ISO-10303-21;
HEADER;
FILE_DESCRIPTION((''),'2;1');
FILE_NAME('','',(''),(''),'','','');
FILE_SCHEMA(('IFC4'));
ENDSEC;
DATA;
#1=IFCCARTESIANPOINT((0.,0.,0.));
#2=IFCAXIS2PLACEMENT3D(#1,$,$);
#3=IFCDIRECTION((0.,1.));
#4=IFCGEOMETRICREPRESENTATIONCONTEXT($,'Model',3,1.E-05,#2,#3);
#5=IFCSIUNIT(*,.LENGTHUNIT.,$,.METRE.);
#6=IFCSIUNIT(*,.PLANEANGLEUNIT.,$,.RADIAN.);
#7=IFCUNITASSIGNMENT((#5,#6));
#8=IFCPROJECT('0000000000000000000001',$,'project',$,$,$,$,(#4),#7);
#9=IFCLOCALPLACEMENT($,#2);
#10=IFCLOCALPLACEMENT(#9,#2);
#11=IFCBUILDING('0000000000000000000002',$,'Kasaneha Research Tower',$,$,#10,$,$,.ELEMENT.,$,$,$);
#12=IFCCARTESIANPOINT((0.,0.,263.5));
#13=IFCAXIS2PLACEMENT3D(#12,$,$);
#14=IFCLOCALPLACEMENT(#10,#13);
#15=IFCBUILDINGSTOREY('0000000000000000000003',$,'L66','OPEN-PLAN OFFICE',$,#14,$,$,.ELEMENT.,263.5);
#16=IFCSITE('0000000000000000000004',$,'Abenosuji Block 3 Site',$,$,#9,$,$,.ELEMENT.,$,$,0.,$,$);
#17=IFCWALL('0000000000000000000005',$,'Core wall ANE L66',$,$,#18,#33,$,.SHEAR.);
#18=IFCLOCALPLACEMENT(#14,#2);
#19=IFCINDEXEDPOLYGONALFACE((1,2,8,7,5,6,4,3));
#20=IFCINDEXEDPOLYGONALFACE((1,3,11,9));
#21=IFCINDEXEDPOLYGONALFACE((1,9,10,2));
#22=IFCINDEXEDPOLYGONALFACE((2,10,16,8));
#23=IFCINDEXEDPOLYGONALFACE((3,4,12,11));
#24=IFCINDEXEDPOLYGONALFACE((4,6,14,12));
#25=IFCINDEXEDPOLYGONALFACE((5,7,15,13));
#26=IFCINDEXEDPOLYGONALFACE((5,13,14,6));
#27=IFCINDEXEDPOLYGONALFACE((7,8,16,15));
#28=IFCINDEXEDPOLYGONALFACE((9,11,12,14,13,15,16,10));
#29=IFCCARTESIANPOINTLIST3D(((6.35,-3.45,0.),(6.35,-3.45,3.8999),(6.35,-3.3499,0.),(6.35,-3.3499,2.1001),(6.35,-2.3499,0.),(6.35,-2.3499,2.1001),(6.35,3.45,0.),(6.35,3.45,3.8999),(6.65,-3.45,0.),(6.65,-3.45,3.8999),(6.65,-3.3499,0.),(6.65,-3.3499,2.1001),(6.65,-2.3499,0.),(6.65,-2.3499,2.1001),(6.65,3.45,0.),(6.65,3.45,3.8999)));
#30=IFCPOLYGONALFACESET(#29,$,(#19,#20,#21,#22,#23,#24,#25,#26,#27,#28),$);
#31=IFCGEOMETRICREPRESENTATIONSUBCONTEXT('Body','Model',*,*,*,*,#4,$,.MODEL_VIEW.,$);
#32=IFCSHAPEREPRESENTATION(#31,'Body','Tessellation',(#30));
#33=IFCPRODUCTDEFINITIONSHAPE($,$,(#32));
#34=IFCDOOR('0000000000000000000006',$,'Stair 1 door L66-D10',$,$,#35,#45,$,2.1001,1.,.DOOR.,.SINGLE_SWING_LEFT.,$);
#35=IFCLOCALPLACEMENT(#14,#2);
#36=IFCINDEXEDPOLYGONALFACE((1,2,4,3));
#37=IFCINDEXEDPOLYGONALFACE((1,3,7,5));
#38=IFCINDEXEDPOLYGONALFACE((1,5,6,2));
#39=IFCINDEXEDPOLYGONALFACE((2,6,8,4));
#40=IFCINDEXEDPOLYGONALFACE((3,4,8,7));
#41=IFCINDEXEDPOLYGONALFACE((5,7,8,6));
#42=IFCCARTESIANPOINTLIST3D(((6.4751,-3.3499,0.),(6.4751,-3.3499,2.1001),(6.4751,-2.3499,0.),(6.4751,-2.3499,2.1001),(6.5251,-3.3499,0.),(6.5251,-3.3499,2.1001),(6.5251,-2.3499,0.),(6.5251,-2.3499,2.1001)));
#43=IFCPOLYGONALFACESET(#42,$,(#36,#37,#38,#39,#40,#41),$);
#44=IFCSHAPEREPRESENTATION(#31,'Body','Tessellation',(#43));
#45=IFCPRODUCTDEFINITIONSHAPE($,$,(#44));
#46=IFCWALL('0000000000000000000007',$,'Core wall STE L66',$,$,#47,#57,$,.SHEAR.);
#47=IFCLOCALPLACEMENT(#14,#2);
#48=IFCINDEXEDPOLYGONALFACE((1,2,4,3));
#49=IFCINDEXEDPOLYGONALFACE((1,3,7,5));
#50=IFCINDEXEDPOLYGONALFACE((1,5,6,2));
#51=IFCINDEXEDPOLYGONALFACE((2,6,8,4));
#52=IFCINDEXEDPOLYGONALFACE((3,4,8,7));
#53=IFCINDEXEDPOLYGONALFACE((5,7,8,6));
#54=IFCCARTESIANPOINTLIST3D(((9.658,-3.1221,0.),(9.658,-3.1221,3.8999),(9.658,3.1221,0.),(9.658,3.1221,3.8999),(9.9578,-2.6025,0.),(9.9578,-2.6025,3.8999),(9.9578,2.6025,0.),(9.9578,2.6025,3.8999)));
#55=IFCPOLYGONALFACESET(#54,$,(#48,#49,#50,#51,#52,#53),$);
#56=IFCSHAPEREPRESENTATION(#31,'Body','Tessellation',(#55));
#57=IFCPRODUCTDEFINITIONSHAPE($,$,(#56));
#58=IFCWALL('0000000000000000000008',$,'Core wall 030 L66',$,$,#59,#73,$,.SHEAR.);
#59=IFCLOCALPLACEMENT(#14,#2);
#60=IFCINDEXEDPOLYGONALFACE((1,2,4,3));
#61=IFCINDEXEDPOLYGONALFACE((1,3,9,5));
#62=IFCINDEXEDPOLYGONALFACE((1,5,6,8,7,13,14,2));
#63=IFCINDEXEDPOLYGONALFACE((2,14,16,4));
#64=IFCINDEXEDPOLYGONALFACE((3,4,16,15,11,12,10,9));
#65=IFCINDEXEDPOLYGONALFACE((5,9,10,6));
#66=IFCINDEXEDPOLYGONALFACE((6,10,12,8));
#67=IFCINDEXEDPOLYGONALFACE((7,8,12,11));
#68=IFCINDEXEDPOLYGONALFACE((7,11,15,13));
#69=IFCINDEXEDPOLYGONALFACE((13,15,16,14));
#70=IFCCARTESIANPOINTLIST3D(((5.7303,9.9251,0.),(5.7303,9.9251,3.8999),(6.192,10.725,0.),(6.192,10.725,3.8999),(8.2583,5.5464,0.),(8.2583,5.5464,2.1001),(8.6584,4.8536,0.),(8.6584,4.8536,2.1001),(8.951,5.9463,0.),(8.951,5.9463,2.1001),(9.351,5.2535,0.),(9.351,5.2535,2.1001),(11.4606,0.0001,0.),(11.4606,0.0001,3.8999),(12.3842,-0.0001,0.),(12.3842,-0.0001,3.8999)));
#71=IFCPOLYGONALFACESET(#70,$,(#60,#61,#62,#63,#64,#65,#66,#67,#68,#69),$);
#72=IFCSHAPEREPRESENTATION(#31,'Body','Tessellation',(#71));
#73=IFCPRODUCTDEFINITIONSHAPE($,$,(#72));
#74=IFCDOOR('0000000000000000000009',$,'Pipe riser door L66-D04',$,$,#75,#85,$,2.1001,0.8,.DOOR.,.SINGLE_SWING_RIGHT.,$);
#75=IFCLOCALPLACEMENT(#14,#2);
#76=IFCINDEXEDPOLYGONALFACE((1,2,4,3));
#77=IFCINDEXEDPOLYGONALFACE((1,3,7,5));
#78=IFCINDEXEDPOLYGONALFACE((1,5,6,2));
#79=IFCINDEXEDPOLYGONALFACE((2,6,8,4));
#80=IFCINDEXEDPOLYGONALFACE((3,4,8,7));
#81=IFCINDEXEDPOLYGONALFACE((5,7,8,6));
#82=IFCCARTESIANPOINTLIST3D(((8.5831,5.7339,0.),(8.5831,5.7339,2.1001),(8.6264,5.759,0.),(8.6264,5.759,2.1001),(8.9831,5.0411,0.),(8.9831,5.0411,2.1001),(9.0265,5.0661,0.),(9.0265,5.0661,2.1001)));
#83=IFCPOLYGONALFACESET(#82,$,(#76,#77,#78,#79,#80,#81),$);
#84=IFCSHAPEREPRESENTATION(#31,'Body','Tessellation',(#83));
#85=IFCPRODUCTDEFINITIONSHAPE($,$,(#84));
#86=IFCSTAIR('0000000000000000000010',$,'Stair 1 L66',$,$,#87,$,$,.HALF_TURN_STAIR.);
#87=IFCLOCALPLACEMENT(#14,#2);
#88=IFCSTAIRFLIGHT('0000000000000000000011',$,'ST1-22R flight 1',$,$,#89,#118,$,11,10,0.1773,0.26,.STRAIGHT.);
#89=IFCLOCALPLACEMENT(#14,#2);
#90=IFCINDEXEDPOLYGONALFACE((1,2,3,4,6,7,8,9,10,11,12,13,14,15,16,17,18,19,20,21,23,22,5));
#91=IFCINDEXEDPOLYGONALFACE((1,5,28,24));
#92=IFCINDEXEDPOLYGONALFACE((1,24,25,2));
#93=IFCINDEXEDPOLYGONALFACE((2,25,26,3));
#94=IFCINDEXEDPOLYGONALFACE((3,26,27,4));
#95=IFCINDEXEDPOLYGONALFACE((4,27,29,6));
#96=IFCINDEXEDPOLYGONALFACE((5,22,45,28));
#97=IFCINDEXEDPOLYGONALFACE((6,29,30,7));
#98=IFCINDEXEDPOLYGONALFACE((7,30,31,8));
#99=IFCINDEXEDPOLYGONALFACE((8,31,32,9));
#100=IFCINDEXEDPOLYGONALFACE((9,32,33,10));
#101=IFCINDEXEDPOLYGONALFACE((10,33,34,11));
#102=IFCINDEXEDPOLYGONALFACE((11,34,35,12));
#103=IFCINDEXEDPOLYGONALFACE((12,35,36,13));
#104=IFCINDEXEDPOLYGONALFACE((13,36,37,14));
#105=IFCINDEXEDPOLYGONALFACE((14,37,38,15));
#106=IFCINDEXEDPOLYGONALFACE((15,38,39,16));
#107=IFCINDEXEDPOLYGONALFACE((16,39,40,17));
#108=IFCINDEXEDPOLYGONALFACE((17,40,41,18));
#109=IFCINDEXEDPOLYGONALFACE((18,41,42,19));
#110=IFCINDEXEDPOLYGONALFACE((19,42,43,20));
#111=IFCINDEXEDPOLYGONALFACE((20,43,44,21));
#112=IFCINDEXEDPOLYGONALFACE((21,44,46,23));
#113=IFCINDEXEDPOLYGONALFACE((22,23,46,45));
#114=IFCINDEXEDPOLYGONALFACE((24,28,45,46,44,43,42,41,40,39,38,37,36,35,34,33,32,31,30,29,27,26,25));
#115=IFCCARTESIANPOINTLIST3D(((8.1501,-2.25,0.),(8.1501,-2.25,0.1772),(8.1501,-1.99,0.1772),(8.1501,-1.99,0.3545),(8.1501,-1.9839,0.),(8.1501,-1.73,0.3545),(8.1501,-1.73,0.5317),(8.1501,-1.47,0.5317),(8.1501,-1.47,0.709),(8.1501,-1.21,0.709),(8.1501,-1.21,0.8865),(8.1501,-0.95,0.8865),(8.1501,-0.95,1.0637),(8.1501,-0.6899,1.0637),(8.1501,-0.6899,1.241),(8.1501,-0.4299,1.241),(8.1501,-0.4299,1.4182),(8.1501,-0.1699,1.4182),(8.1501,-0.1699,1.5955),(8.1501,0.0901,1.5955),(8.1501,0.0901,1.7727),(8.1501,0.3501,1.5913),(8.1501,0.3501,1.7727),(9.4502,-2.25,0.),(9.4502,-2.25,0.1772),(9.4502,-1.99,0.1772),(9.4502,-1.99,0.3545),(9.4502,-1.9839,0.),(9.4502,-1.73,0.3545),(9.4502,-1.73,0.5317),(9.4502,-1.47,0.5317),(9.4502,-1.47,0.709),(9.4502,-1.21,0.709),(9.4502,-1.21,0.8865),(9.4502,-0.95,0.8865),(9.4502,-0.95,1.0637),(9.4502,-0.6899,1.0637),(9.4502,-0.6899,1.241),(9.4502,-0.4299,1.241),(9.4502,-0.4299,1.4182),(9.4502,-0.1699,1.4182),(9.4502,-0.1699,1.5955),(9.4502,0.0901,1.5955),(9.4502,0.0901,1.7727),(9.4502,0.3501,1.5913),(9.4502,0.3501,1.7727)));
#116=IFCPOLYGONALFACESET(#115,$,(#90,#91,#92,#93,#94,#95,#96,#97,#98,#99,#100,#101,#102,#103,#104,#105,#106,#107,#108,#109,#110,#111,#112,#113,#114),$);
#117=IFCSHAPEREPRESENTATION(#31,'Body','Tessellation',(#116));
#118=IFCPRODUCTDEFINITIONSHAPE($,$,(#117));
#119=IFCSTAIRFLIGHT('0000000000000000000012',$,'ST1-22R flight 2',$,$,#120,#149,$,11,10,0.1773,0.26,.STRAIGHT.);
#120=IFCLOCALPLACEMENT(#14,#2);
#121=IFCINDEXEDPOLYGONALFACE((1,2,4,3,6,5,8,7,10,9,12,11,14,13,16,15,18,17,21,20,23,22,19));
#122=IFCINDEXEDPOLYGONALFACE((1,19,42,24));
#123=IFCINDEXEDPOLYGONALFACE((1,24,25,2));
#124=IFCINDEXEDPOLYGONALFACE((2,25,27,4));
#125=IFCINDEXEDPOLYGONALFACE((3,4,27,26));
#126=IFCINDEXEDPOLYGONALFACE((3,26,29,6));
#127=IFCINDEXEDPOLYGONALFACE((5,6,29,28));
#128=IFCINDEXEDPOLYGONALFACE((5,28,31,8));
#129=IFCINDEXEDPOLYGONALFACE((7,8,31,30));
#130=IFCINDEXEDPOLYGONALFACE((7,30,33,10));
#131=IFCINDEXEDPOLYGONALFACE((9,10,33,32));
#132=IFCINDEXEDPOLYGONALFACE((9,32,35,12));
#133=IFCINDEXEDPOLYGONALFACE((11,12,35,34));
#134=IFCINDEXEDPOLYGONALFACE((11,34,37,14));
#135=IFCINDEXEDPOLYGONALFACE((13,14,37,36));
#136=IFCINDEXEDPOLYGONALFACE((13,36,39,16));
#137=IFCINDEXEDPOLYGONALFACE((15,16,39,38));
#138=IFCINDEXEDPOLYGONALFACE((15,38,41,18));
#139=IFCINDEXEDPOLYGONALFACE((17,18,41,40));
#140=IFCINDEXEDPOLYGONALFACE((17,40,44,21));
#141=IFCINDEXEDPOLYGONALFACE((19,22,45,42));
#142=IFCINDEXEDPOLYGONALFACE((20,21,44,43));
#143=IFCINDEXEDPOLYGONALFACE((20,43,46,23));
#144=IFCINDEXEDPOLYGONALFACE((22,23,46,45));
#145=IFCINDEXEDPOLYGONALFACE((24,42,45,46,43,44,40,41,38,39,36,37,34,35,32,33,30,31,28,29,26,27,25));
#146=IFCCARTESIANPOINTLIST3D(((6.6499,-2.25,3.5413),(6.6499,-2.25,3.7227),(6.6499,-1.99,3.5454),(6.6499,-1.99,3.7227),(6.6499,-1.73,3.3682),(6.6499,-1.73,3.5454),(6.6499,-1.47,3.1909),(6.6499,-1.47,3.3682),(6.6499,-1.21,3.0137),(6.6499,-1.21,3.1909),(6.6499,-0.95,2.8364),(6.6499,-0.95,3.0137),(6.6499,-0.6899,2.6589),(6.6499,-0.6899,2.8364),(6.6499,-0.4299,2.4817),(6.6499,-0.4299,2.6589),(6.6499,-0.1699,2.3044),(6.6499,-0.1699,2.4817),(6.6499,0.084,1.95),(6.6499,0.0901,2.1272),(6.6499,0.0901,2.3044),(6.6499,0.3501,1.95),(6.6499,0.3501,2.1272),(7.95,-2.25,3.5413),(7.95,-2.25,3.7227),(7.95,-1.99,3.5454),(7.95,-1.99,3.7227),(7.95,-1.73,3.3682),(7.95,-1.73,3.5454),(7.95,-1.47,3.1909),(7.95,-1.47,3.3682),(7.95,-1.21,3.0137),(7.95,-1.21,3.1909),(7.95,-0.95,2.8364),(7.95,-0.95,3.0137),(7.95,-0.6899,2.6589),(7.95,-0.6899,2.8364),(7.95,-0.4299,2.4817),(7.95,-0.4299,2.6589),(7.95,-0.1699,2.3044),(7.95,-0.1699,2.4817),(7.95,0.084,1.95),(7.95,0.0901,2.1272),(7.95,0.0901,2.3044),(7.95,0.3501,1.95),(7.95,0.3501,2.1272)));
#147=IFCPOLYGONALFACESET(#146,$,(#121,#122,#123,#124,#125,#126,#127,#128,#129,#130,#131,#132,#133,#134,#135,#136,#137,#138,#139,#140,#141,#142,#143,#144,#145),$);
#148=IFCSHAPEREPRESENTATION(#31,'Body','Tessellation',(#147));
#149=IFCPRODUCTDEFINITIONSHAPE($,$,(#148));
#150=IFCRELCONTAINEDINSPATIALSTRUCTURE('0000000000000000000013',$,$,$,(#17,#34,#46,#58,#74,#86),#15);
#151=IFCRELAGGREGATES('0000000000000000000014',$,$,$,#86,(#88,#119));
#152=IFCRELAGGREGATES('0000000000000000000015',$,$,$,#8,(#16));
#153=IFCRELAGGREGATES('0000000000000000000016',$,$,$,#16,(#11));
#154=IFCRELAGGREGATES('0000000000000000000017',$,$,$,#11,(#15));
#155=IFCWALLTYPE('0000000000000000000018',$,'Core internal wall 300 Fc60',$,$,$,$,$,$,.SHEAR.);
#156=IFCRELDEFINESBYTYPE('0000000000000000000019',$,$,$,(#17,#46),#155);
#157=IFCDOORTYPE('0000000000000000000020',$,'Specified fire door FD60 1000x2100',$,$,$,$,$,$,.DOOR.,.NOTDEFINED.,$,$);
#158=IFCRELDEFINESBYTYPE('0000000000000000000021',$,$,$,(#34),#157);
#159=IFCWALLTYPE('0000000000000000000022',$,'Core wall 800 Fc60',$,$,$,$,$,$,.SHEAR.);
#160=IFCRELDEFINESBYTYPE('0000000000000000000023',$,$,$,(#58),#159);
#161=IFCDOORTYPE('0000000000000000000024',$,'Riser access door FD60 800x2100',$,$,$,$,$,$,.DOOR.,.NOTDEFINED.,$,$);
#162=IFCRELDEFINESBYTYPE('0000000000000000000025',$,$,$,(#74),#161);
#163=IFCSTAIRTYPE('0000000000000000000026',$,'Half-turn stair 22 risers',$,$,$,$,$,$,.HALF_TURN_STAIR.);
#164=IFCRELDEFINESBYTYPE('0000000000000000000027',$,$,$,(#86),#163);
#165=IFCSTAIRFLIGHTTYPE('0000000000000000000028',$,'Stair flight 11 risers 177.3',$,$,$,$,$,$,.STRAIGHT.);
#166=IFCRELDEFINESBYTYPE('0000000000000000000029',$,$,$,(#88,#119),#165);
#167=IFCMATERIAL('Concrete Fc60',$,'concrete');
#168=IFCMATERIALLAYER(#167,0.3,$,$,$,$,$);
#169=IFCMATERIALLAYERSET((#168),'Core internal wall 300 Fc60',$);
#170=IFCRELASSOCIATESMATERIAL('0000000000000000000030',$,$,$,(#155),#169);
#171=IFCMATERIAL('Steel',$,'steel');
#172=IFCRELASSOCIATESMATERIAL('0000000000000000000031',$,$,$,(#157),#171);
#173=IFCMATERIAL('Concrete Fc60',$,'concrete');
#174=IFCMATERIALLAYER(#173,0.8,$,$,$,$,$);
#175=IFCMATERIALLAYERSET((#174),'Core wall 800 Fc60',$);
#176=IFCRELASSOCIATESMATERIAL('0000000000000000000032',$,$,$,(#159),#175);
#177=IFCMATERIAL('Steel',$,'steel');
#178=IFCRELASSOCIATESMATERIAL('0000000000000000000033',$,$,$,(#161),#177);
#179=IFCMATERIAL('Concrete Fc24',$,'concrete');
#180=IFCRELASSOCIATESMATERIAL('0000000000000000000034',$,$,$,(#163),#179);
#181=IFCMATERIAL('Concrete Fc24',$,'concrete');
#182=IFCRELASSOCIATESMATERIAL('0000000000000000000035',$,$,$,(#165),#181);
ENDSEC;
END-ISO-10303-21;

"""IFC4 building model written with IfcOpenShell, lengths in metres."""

from ifc_helpers import new_model, si_unit, direction, frame, frame_2d, origin, place, context, subcontext, project, spatial, polyline, rectangle, outline, extrude, material, layer, layer_set, type_object, element, fill, aggregate, save


model = new_model("IFC4")

# Units and contexts
model_context = context("Model", 3, precision=1e-05, world=origin(), true_north=direction((0.0, 1.0)))
body_context = subcontext(model_context, "Body", "Model", "MODEL_VIEW")
ifc_project = project(units=[si_unit("LENGTHUNIT", "METRE"), si_unit("PLANEANGLEUNIT", "RADIAN")], contexts=[model_context])

# Site, building, storey
site_placement = place(None, origin())
site = spatial("IfcSite", under=ifc_project, at=site_placement, Name="Abenosuji Block 3 Site", CompositionType="ELEMENT", RefElevation=0.0)
building_placement = place(site_placement, origin())
building = spatial("IfcBuilding", under=site, at=building_placement, Name="Kasaneha Research Tower", CompositionType="ELEMENT")
storey_placement = place(building_placement, frame((0.0, 0.0, 263.5)))
storey = spatial("IfcBuildingStorey", under=building, at=storey_placement, Name="L66", Description="OPEN-PLAN OFFICE", CompositionType="ELEMENT", Elevation=263.5)

# Shared definitions
ifc_material_1 = material(Name="Concrete Fc60", Category="concrete")
ifc_layer_1 = layer(ifc_material_1, 0.3)
ifc_layer_set_1 = layer_set([ifc_layer_1], Name="Core internal wall 300 Fc60")
wall_type_1 = type_object("IfcWallType", Name="Core internal wall 300 Fc60", PredefinedType="SHEAR", material=ifc_layer_set_1)

# Wall, opening, door
ifc_material_2 = material(Name="Steel", Category="steel")
door_type_1 = type_object("IfcDoorType", Name="Specified fire door FD60 1000x2100", OperationType="NOTDEFINED", PredefinedType="DOOR", material=ifc_material_2)
wall_1_placement = place(storey_placement, frame((6.5, -3.45, 0.0), z_axis=(0.0, 0.0, 1.0), x_axis=(0.0, 1.0, 0.0)))
wall_1 = element("IfcWall", 1, at=wall_1_placement, inside=storey, type_object=wall_type_1, Name="Core wall ANE L66", PredefinedType="SHEAR", context=body_context, shape_type="SweptSolid", body=[
    extrude(rectangle(XDim=6.8999, YDim=0.3, at=frame_2d((3.45, 0.0))), origin(), (0.0, 0.0, 1.0), 3.8999),
])
opening_1_placement = place(wall_1_placement, frame((0.1001, 0.0, 0.0)))
opening_1 = element("IfcOpeningElement", 2, at=opening_1_placement, cuts=wall_1, PredefinedType="OPENING", context=body_context, shape_type="SweptSolid", body=[
    extrude(rectangle(XDim=1.0, YDim=2.1001, at=frame_2d((0.5, 1.05))), frame((0.0, 0.1602, 0.0), z_axis=(0.0, -1.0, 0.0), x_axis=(1.0, 0.0, 0.0)), (0.0, 0.0, 1.0), 0.3201),
])
door_1_placement = place(opening_1_placement, origin())
door_1 = element("IfcDoor", 3, at=door_1_placement, inside=storey, type_object=door_type_1, Name="Stair 1 door L66-D10", OperationType="SINGLE_SWING_LEFT", OverallHeight=2.1001, OverallWidth=1.0, PredefinedType="DOOR", context=body_context, shape_type="SweptSolid", body=[
    extrude(rectangle(XDim=1.0, YDim=2.1001, at=frame_2d((0.5, 1.05))), frame((0.0, 0.0249, 0.0), z_axis=(0.0, -1.0, 0.0), x_axis=(1.0, 0.0, 0.0)), (0.0, 0.0, 1.0), 0.05),
])
fill(opening_1, door_1)

# Wall
wall_2_placement = place(storey_placement, frame((9.8079, -2.8623, 0.0), z_axis=(0.0, 0.0, 1.0), x_axis=(0.0, 1.0, 0.0)))
element("IfcWall", 4, at=wall_2_placement, inside=storey, type_object=wall_type_1, Name="Core wall STE L66", PredefinedType="SHEAR", context=body_context, shape_type="SweptSolid", body=[
    extrude(outline(polyline([(0.2598, -0.1499), (5.4648, -0.1499), (5.9844, 0.1499), (-0.2598, 0.1499), (0.2598, -0.1499)])), origin(), (0.0, 0.0, 1.0), 3.8999),
])

# Wall, opening, door
ifc_material_3 = material(Name="Concrete Fc60", Category="concrete")
ifc_layer_2 = layer(ifc_material_3, 0.8)
ifc_layer_set_2 = layer_set([ifc_layer_2], Name="Core wall 800 Fc60")
wall_type_2 = type_object("IfcWallType", Name="Core wall 800 Fc60", PredefinedType="SHEAR", material=ifc_layer_set_2)
wall_3_placement = place(storey_placement, frame((11.9224, 0.0, 0.0), z_axis=(0.0, 0.0, 1.0), x_axis=(-0.500004, 0.866023, 0.0)))
wall_3 = element("IfcWall", 5, at=wall_3_placement, inside=storey, type_object=wall_type_2, Name="Core wall 030 L66", PredefinedType="SHEAR", context=body_context, shape_type="SweptSolid", body=[
    extrude(outline(polyline([(-0.231, -0.3999), (5.8354, -0.3999), (6.6355, -0.3999), (12.1533, -0.3999), (11.6914, 0.3999), (6.6355, 0.3999), (5.8354, 0.3999), (0.231, 0.3999), (-0.231, -0.3999)])), origin(), (0.0, 0.0, 1.0), 3.8999),
])
opening_2_placement = place(wall_3_placement, frame((5.8354, 0.0, 0.0)))
opening_2 = element("IfcOpeningElement", 6, at=opening_2_placement, cuts=wall_3, PredefinedType="OPENING", context=body_context, shape_type="SweptSolid", body=[
    extrude(rectangle(XDim=0.8, YDim=2.1001, at=frame_2d((0.3999, 1.05))), frame((0.0, 0.4102, 0.0), z_axis=(0.0, -1.0, 0.0), x_axis=(1.0, 0.0, 0.0)), (0.0, 0.0, 1.0), 0.8201),
])
ifc_material_4 = material(Name="Steel", Category="steel")
door_type_2 = type_object("IfcDoorType", Name="Riser access door FD60 800x2100", OperationType="NOTDEFINED", PredefinedType="DOOR", material=ifc_material_4)
door_2_placement = place(opening_2_placement, origin())
door_2 = element("IfcDoor", 7, at=door_2_placement, inside=storey, type_object=door_type_2, Name="Pipe riser door L66-D04", OperationType="SINGLE_SWING_RIGHT", OverallHeight=2.1001, OverallWidth=0.8, PredefinedType="DOOR", context=body_context, shape_type="SweptSolid", body=[
    extrude(rectangle(XDim=0.8, YDim=2.1001, at=frame_2d((0.3999, 1.05))), frame((0.0, 0.0249, 0.0), z_axis=(0.0, -1.0, 0.0), x_axis=(1.0, 0.0, 0.0)), (0.0, 0.0, 1.0), 0.05),
])
fill(opening_2, door_2)

# Stair, stair flights
ifc_material_5 = material(Name="Concrete Fc24", Category="concrete")
stair_type = type_object("IfcStairType", Name="Half-turn stair 22 risers", PredefinedType="HALF_TURN_STAIR", material=ifc_material_5)
stair_placement = place(storey_placement, origin())
stair = element("IfcStair", 8, at=stair_placement, inside=storey, type_object=stair_type, Name="Stair 1 L66", PredefinedType="HALF_TURN_STAIR")
ifc_material_6 = material(Name="Concrete Fc24", Category="concrete")
stair_flight_type = type_object("IfcStairFlightType", Name="Stair flight 11 risers 177.3", PredefinedType="STRAIGHT", material=ifc_material_6)
stair_flight_1_placement = place(storey_placement, frame((8.8, -2.25, 0.0), z_axis=(0.0, 0.0, 1.0), x_axis=(0.0, 1.0, 0.0)))
stair_flight_1 = element("IfcStairFlight", 9, at=stair_flight_1_placement, type_object=stair_flight_type, Name="ST1-22R flight 1", NumberOfRisers=11, NumberOfTreads=10, PredefinedType="STRAIGHT", RiserHeight=0.1773, TreadLength=0.26, context=body_context, shape_type="SweptSolid", body=[
    extrude(outline(polyline([(0.0, 0.0), (0.0, 0.1772), (0.26, 0.1772), (0.26, 0.3545), (0.52, 0.3545), (0.52, 0.5317), (0.78, 0.5317), (0.78, 0.709), (1.04, 0.709), (1.04, 0.8865), (1.3, 0.8865), (1.3, 1.0637), (1.5601, 1.0637), (1.5601, 1.241), (1.8201, 1.241), (1.8201, 1.4182), (2.0801, 1.4182), (2.0801, 1.5955), (2.3401, 1.5955), (2.3401, 1.7727), (2.6001, 1.7727), (2.6001, 1.95), (2.6001, 1.5913), (0.2661, 0.0), (0.0, 0.0)])), frame((0.0, 0.6499, 0.0), z_axis=(0.0, -1.0, 0.0), x_axis=(1.0, 0.0, 0.0)), (0.0, 0.0, 1.0), 1.3),
])
stair_flight_2_placement = place(storey_placement, frame((7.3, 0.3501, 1.95), z_axis=(0.0, 0.0, 1.0), x_axis=(0.0, -1.0, 0.0)))
stair_flight_2 = element("IfcStairFlight", 10, at=stair_flight_2_placement, type_object=stair_flight_type, Name="ST1-22R flight 2", NumberOfRisers=11, NumberOfTreads=10, PredefinedType="STRAIGHT", RiserHeight=0.1773, TreadLength=0.26, context=body_context, shape_type="SweptSolid", body=[
    extrude(outline(polyline([(0.0, 0.0), (0.0, 0.1772), (0.26, 0.1772), (0.26, 0.3545), (0.52, 0.3545), (0.52, 0.5317), (0.78, 0.5317), (0.78, 0.709), (1.04, 0.709), (1.04, 0.8865), (1.3, 0.8865), (1.3, 1.0637), (1.5601, 1.0637), (1.5601, 1.241), (1.8201, 1.241), (1.8201, 1.4182), (2.0801, 1.4182), (2.0801, 1.5955), (2.3401, 1.5955), (2.3401, 1.7727), (2.6001, 1.7727), (2.6001, 1.95), (2.6001, 1.5913), (0.2661, 0.0), (0.0, 0.0)])), frame((0.0, 0.6499, 0.0), z_axis=(0.0, -1.0, 0.0), x_axis=(1.0, 0.0, 0.0)), (0.0, 0.0, 1.0), 1.3),
])
aggregate(stair, [stair_flight_1, stair_flight_2])

save(model, "model.ifc")
